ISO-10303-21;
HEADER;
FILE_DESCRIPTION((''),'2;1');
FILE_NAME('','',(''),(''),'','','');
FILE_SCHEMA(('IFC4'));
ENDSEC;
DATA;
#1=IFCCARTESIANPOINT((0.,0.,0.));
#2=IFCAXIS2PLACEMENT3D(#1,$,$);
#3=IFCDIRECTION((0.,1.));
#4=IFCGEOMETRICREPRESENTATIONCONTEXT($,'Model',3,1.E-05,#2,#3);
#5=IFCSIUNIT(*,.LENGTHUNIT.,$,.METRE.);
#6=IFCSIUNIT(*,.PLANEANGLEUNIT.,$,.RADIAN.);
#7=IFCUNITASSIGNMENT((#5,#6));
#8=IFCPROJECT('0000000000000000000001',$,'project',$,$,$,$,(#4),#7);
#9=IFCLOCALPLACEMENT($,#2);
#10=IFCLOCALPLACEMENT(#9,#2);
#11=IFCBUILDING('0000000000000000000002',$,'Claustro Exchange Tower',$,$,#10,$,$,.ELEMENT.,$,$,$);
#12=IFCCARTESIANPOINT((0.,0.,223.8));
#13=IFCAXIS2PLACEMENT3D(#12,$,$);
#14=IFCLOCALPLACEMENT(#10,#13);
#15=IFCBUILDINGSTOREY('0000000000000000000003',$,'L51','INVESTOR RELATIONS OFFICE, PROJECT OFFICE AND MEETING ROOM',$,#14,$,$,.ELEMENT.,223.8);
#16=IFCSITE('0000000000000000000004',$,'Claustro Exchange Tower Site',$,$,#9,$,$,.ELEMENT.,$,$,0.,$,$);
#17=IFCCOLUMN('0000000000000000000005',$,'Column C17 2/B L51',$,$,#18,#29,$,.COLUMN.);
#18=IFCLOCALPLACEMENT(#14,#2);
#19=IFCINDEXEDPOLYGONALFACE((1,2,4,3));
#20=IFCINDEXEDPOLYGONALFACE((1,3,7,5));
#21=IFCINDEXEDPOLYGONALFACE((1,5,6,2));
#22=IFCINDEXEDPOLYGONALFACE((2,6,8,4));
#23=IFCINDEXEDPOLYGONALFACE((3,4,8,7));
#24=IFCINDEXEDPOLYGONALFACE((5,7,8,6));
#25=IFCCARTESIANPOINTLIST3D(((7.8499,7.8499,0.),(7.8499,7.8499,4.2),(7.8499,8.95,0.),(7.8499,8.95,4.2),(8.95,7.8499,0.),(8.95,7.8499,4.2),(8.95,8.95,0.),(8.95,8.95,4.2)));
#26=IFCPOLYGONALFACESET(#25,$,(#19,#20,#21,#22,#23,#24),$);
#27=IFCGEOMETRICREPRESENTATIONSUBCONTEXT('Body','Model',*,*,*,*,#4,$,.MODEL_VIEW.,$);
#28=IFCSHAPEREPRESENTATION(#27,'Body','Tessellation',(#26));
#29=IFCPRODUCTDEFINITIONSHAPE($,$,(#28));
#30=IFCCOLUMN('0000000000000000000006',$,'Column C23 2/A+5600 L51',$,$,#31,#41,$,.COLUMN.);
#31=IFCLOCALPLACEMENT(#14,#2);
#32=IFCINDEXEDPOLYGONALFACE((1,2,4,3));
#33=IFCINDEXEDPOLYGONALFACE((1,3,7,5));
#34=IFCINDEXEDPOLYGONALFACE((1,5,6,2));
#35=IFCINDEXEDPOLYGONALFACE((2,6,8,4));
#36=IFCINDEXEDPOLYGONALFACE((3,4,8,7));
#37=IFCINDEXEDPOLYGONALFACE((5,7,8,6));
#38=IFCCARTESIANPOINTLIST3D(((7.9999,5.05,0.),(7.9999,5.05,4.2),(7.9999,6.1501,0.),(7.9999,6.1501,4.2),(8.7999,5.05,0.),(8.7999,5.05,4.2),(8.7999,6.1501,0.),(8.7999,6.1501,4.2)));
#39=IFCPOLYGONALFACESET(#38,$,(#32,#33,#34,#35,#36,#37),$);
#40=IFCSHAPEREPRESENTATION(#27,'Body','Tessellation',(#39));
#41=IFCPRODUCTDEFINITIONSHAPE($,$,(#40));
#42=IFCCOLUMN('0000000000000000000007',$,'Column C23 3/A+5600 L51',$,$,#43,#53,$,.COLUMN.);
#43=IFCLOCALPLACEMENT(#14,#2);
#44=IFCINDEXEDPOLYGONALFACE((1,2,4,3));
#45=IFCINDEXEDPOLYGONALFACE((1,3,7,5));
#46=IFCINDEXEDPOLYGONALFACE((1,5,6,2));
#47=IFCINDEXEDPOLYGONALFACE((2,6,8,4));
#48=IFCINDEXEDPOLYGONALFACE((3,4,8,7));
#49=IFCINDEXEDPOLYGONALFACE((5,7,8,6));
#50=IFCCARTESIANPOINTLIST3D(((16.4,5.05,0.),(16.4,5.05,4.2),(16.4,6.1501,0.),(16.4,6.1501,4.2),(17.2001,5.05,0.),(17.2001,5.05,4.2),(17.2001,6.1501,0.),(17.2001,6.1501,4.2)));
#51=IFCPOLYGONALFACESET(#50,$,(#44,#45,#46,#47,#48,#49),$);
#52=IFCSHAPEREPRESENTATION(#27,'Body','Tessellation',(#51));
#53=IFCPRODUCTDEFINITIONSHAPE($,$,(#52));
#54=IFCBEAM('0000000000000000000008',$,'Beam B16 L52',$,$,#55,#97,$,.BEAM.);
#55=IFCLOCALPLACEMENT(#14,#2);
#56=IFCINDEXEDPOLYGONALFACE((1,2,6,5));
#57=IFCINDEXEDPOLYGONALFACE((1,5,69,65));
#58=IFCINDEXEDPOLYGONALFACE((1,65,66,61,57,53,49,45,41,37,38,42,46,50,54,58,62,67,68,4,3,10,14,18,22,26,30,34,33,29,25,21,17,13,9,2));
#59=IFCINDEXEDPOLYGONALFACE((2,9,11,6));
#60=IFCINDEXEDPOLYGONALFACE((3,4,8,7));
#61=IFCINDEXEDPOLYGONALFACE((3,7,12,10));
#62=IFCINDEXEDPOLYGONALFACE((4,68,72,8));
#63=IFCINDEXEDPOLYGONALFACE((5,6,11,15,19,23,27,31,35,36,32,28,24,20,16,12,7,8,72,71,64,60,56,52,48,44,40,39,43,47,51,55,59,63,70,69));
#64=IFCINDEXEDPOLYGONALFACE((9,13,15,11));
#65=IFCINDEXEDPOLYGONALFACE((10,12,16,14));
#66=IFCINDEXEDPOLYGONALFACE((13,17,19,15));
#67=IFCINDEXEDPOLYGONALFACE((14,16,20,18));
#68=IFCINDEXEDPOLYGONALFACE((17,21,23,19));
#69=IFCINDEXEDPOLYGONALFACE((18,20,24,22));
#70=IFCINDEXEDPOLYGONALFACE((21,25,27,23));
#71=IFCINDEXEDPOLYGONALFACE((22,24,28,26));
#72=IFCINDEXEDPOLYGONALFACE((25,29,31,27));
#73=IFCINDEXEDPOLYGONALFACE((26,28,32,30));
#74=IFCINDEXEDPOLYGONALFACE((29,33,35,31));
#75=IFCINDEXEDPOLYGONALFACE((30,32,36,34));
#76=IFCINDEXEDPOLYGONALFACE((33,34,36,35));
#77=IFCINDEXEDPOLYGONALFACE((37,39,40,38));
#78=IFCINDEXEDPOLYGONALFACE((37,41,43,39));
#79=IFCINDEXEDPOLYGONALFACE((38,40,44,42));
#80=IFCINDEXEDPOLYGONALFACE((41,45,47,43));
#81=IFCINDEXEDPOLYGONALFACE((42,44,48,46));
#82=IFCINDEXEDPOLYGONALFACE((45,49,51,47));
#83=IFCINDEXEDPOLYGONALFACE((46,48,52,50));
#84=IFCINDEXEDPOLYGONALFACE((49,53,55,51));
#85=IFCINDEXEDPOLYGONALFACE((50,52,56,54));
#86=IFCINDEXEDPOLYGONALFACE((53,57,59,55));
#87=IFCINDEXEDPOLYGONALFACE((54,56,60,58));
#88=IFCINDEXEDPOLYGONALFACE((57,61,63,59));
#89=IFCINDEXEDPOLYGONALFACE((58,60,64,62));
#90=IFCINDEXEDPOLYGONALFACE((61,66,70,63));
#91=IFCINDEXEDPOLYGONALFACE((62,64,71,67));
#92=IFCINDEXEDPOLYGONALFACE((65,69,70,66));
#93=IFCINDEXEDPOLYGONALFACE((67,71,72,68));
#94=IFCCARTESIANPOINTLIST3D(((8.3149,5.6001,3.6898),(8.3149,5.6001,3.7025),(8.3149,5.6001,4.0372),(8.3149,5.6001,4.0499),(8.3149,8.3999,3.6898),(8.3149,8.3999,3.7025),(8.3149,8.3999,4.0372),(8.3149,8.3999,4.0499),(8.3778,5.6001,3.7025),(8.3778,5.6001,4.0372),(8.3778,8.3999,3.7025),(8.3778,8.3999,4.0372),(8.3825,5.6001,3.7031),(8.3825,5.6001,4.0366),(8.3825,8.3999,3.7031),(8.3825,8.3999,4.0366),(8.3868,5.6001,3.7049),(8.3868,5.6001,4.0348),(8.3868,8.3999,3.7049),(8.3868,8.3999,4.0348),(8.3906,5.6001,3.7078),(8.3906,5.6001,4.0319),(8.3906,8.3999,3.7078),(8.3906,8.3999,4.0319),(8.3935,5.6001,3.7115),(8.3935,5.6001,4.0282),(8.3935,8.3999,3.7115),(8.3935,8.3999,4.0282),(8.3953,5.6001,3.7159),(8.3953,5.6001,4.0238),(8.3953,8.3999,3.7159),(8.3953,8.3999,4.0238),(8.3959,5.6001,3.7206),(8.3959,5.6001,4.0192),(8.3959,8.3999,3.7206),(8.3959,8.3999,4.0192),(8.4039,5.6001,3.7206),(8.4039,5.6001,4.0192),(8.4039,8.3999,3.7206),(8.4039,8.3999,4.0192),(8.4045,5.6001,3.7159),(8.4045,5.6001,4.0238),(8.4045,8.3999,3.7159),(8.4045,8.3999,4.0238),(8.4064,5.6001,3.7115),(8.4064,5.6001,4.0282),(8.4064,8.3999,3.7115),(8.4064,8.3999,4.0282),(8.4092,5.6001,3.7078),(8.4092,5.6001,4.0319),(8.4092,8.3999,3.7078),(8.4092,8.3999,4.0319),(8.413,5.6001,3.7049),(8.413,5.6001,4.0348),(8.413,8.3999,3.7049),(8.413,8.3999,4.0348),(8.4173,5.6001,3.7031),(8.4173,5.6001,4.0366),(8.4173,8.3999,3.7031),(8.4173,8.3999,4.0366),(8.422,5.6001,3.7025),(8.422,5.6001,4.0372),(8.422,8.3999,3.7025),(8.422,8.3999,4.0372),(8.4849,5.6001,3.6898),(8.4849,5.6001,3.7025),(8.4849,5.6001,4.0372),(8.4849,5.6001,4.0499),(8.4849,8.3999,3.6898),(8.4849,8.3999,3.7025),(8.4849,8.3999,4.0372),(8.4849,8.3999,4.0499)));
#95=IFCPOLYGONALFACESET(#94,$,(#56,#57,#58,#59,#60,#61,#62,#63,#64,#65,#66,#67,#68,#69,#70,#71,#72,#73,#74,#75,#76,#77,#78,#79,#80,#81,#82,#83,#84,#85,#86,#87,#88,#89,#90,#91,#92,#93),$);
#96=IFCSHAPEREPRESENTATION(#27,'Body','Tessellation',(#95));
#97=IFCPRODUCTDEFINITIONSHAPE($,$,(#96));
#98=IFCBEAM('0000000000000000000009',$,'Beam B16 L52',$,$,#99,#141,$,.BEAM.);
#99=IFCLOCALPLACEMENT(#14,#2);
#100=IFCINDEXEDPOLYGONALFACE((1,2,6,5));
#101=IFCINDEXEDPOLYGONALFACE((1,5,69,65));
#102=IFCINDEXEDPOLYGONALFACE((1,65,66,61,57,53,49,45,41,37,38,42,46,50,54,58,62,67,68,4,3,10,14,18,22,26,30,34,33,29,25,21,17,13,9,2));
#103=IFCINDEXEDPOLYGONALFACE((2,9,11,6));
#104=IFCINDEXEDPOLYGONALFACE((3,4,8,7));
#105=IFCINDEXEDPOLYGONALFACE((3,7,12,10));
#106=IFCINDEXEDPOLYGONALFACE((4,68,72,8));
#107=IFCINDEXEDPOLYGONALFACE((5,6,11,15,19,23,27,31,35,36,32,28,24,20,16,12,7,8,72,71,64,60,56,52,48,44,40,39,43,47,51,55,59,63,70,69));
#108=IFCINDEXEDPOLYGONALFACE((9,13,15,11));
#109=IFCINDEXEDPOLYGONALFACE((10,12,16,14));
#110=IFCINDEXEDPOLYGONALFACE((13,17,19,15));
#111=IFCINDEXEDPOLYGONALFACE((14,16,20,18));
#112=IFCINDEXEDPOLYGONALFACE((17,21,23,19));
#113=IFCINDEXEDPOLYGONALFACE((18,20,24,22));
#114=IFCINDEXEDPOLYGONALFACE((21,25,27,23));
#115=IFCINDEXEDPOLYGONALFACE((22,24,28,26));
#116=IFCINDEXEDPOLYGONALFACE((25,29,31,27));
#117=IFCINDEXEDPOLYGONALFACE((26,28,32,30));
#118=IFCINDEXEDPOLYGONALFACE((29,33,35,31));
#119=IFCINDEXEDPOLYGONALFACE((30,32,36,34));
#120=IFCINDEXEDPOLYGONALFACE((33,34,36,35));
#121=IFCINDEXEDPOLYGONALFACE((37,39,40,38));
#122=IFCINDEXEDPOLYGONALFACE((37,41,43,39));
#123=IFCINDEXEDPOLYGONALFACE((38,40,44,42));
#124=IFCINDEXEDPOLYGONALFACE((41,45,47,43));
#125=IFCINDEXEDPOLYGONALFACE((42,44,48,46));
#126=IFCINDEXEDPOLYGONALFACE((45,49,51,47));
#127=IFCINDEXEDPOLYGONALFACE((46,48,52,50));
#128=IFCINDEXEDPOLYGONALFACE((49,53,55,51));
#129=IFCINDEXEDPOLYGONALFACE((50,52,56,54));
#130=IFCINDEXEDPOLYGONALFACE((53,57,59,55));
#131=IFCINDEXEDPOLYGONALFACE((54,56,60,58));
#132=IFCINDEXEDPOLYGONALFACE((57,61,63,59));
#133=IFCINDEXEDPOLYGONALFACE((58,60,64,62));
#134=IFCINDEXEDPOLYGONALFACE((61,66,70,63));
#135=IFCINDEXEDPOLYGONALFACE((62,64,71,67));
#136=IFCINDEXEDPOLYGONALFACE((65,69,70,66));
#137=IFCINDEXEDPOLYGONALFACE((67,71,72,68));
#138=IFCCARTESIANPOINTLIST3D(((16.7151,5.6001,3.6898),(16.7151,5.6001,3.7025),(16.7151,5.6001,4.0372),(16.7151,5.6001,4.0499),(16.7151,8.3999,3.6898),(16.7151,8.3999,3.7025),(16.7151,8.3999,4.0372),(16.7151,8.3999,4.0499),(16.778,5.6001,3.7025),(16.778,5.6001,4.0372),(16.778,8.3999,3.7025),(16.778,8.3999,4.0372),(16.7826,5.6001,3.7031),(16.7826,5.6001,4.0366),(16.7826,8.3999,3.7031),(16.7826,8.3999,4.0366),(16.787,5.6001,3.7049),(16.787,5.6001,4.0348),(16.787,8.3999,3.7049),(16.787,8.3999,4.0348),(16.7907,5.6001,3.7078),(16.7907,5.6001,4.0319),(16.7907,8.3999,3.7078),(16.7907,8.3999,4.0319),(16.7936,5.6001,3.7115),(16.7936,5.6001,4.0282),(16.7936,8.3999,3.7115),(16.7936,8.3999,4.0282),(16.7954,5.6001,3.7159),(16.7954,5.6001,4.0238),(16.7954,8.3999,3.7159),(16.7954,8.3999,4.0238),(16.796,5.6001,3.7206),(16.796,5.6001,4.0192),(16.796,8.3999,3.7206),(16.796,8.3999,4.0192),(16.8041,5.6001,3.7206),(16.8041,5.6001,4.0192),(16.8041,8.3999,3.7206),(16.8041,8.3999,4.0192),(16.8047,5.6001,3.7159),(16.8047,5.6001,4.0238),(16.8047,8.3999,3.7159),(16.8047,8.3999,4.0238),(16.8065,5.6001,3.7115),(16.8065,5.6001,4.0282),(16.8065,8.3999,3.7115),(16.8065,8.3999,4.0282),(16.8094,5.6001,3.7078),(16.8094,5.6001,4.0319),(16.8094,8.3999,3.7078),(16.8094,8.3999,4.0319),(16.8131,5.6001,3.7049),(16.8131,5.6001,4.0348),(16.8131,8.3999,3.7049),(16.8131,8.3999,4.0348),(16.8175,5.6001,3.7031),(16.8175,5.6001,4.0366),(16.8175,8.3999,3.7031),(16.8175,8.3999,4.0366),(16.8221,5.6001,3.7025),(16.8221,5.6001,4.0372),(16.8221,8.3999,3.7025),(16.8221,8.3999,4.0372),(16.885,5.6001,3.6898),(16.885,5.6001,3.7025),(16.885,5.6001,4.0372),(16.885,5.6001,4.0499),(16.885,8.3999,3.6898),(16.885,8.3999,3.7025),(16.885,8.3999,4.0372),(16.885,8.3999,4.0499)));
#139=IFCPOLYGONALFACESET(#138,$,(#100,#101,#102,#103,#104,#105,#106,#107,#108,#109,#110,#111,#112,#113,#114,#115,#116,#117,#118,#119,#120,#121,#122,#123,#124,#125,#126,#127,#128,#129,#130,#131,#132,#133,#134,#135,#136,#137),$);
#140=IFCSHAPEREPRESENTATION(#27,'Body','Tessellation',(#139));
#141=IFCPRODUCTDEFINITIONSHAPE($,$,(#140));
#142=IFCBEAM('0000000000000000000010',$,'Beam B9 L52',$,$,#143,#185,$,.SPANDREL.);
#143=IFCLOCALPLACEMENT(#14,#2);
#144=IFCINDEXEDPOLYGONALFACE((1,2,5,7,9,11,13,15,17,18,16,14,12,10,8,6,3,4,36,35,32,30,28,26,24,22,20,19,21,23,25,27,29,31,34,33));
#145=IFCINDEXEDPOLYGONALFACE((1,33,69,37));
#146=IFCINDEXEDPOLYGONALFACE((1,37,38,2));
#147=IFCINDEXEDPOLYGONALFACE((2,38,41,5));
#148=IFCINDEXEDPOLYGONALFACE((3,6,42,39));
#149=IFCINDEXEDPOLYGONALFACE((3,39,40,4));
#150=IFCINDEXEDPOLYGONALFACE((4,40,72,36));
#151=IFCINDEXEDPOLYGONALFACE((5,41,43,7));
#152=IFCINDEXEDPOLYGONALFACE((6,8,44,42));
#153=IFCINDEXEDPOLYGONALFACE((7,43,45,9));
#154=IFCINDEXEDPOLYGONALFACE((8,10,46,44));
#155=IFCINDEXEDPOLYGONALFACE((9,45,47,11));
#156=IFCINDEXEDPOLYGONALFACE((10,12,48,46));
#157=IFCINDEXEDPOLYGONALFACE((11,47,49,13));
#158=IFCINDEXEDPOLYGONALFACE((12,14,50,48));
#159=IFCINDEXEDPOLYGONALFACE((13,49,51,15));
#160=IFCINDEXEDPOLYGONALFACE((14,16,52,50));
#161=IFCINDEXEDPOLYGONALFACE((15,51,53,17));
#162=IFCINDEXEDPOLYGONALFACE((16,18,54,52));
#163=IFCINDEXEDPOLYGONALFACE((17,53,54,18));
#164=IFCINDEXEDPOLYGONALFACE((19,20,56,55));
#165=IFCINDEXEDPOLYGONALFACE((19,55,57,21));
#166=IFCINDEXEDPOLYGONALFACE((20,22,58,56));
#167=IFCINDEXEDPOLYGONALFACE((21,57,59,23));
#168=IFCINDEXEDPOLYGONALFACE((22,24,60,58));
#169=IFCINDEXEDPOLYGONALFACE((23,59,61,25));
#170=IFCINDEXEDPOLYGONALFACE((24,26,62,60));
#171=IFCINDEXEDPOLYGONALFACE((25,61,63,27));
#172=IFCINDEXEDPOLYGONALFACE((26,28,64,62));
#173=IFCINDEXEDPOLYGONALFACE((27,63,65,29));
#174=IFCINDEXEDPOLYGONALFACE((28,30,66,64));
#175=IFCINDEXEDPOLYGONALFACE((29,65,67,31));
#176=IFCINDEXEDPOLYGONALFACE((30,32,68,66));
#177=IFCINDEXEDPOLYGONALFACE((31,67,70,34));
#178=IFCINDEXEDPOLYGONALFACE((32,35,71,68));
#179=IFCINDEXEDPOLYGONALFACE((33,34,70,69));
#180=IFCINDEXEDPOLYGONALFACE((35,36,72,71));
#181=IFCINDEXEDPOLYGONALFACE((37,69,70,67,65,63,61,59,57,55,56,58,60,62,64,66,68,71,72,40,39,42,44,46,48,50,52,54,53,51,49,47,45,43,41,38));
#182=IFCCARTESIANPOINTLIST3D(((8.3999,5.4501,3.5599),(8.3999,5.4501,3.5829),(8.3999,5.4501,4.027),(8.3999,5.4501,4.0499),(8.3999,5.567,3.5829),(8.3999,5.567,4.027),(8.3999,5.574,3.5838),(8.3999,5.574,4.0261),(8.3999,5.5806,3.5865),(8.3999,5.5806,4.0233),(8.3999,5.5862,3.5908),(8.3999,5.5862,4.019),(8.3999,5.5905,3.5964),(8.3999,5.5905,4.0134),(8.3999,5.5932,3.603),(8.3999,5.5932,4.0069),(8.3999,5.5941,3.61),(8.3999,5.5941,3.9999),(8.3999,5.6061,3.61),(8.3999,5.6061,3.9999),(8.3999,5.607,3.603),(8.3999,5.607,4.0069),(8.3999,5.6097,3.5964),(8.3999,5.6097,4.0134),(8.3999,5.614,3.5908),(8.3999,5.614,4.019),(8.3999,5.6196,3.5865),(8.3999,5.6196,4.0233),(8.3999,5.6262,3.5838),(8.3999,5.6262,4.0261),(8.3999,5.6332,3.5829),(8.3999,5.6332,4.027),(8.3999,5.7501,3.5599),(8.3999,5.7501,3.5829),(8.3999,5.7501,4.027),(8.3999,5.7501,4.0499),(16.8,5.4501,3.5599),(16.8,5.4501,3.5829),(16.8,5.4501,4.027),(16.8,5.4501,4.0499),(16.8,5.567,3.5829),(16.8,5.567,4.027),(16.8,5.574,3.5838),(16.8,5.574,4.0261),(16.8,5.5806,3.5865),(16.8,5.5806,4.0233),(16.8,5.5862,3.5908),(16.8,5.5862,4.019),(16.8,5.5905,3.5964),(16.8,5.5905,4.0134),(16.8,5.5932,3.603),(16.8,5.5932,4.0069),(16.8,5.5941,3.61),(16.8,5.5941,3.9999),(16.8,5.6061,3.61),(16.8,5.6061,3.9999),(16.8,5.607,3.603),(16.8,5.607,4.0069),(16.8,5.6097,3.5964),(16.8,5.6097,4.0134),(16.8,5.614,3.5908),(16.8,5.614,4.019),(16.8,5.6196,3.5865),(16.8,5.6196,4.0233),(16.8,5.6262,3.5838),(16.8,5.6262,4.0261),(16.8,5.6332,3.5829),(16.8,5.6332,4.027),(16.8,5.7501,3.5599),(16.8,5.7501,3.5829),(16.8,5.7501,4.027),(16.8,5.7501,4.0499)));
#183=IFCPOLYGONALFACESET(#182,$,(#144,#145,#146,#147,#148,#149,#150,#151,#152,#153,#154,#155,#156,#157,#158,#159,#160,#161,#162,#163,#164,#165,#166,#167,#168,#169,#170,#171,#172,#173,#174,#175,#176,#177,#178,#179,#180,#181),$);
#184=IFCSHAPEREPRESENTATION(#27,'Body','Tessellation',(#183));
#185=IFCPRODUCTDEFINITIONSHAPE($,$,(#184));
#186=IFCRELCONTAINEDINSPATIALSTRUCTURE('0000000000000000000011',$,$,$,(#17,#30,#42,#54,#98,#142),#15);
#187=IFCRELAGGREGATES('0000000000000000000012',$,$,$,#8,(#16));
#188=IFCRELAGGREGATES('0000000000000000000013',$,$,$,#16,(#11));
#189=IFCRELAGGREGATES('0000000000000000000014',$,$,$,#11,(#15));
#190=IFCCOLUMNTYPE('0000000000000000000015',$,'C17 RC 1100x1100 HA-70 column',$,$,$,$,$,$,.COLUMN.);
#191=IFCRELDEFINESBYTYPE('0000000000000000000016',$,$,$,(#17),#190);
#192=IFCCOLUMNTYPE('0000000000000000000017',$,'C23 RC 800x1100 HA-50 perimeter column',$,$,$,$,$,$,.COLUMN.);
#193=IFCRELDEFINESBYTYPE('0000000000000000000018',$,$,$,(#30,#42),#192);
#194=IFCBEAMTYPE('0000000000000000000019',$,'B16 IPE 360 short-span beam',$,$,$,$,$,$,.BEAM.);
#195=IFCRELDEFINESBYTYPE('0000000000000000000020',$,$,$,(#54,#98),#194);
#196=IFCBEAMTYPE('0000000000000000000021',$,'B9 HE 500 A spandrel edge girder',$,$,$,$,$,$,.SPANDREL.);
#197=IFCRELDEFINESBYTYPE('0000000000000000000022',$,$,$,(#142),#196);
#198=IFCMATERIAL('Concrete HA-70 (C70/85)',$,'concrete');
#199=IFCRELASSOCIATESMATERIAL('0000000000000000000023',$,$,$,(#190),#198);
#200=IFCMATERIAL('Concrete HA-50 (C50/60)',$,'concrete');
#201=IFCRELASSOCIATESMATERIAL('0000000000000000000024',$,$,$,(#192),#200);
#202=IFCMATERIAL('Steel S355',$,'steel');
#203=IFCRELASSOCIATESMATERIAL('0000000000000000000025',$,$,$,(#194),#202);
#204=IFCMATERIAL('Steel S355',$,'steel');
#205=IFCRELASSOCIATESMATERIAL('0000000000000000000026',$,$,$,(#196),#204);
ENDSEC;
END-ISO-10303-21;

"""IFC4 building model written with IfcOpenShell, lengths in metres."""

from ifc_helpers import new_model, si_unit, direction, frame, origin, origin_2d, place, context, subcontext, project, spatial, rectangle, i_section, extrude, material, material_profile, profile_set, type_object, element, save


model = new_model("IFC4")

# Units and contexts
model_context = context("Model", 3, precision=1e-05, world=origin(), true_north=direction((0.0, 1.0)))
body_context = subcontext(model_context, "Body", "Model", "MODEL_VIEW")
ifc_project = project(units=[si_unit("LENGTHUNIT", "METRE"), si_unit("PLANEANGLEUNIT", "RADIAN")], contexts=[model_context])

# Site, building, storey
site_placement = place(None, origin())
site = spatial("IfcSite", under=ifc_project, at=site_placement, Name="Claustro Exchange Tower Site", CompositionType="ELEMENT", RefElevation=0.0)
building_placement = place(site_placement, origin())
building = spatial("IfcBuilding", under=site, at=building_placement, Name="Claustro Exchange Tower", CompositionType="ELEMENT")
storey_placement = place(building_placement, frame((0.0, 0.0, 223.8)))
storey = spatial("IfcBuildingStorey", under=building, at=storey_placement, Name="L51", Description="INVESTOR RELATIONS OFFICE, PROJECT OFFICE AND MEETING ROOM", CompositionType="ELEMENT", Elevation=223.8)

# Columns
ifc_material_1 = material(Name="Concrete HA-70 (C70/85)", Category="concrete")
ifc_material_profile_1 = material_profile(ifc_material_1, rectangle(XDim=1.1001, YDim=1.1001, at=origin_2d()), Name="RC 1100x1100")
ifc_profile_set_1 = profile_set([ifc_material_profile_1], Name="Concrete HA-70 (C70/85)")
column_type_1 = type_object("IfcColumnType", Name="C17 RC 1100x1100 HA-70 column", PredefinedType="COLUMN", material=ifc_profile_set_1)
column_placement = place(storey_placement, frame((8.3999, 8.3999, 0.0), z_axis=(0.0, 0.0, 1.0), x_axis=(1.0, 0.0, 0.0)))
element("IfcColumn", 1, at=column_placement, inside=storey, type_object=column_type_1, Name="Column C17 2/B L51", PredefinedType="COLUMN", context=body_context, shape_type="SweptSolid", body=[
    extrude(rectangle(XDim=1.1001, YDim=1.1001, at=origin_2d()), origin(), (0.0, 0.0, 1.0), 4.2),
])
ifc_material_2 = material(Name="Concrete HA-50 (C50/60)", Category="concrete")
ifc_material_profile_2 = material_profile(ifc_material_2, rectangle(XDim=0.8, YDim=1.1001, at=origin_2d()), Name="RC 800x1100")
ifc_profile_set_2 = profile_set([ifc_material_profile_2], Name="Concrete HA-50 (C50/60)")
column_type_2 = type_object("IfcColumnType", Name="C23 RC 800x1100 HA-50 perimeter column", PredefinedType="COLUMN", material=ifc_profile_set_2)
for number, where, z_axis, x_axis, name in (
    (2, (8.3999, 5.6001, 0.0), (0.0, 0.0, 1.0), (1.0, 0.0, 0.0), "Column C23 2/A+5600 L51"),
    (3, (16.8, 5.6001, 0.0), (0.0, 0.0, 1.0), (1.0, 0.0, 0.0), "Column C23 3/A+5600 L51"),
):
    element("IfcColumn", number, at=place(storey_placement, frame(where, z_axis=z_axis, x_axis=x_axis)), inside=storey, type_object=column_type_2, Name=name, PredefinedType="COLUMN", context=body_context, shape_type="SweptSolid", body=[
        extrude(rectangle(XDim=0.8, YDim=1.1001, at=origin_2d()), origin(), (0.0, 0.0, 1.0), 4.2),
    ])

# Beams
ifc_material_3 = material(Name="Steel S355", Category="steel")
ifc_material_profile_3 = material_profile(ifc_material_3, i_section(OverallWidth=0.1699, OverallDepth=0.3601, WebThickness=0.0081, FlangeThickness=0.0127, FilletRadius=0.0181, at=origin_2d()), Name="IPE 360")
ifc_profile_set_3 = profile_set([ifc_material_profile_3], Name="Steel S355")
beam_type_1 = type_object("IfcBeamType", Name="B16 IPE 360 short-span beam", PredefinedType="BEAM", material=ifc_profile_set_3)
for number, where, z_axis, x_axis, name in (
    (4, (8.3999, 5.6001, 3.8699), (0.0, 1.0, 0.0), (-1.0, 0.0, 0.0), "Beam B16 L52"),
    (5, (16.8, 5.6001, 3.8699), (0.0, 1.0, 0.0), (-1.0, 0.0, 0.0), "Beam B16 L52"),
):
    element("IfcBeam", number, at=place(storey_placement, frame(where, z_axis=z_axis, x_axis=x_axis)), inside=storey, type_object=beam_type_1, Name=name, PredefinedType="BEAM", context=body_context, shape_type="SweptSolid", body=[
        extrude(i_section(OverallWidth=0.1699, OverallDepth=0.3601, WebThickness=0.0081, FlangeThickness=0.0127, FilletRadius=0.0181, at=origin_2d()), origin(), (0.0, 0.0, 1.0), 2.7998),
    ])
ifc_material_4 = material(Name="Steel S355", Category="steel")
ifc_material_profile_4 = material_profile(ifc_material_4, i_section(OverallWidth=0.3, OverallDepth=0.49, WebThickness=0.012, FlangeThickness=0.0229, FilletRadius=0.0271, at=origin_2d()), Name="HE 500 A")
ifc_profile_set_4 = profile_set([ifc_material_profile_4], Name="Steel S355")
beam_type_2 = type_object("IfcBeamType", Name="B9 HE 500 A spandrel edge girder", PredefinedType="SPANDREL", material=ifc_profile_set_4)
beam_1_placement = place(storey_placement, frame((8.3999, 5.6001, 3.8049), z_axis=(1.0, 0.0, 0.0), x_axis=(0.0, 1.0, 0.0)))
element("IfcBeam", 6, at=beam_1_placement, inside=storey, type_object=beam_type_2, Name="Beam B9 L52", PredefinedType="SPANDREL", context=body_context, shape_type="SweptSolid", body=[
    extrude(i_section(OverallWidth=0.3, OverallDepth=0.49, WebThickness=0.012, FlangeThickness=0.0229, FilletRadius=0.0271, at=origin_2d()), origin(), (0.0, 0.0, 1.0), 8.4001),
])

save(model, "model.ifc")
